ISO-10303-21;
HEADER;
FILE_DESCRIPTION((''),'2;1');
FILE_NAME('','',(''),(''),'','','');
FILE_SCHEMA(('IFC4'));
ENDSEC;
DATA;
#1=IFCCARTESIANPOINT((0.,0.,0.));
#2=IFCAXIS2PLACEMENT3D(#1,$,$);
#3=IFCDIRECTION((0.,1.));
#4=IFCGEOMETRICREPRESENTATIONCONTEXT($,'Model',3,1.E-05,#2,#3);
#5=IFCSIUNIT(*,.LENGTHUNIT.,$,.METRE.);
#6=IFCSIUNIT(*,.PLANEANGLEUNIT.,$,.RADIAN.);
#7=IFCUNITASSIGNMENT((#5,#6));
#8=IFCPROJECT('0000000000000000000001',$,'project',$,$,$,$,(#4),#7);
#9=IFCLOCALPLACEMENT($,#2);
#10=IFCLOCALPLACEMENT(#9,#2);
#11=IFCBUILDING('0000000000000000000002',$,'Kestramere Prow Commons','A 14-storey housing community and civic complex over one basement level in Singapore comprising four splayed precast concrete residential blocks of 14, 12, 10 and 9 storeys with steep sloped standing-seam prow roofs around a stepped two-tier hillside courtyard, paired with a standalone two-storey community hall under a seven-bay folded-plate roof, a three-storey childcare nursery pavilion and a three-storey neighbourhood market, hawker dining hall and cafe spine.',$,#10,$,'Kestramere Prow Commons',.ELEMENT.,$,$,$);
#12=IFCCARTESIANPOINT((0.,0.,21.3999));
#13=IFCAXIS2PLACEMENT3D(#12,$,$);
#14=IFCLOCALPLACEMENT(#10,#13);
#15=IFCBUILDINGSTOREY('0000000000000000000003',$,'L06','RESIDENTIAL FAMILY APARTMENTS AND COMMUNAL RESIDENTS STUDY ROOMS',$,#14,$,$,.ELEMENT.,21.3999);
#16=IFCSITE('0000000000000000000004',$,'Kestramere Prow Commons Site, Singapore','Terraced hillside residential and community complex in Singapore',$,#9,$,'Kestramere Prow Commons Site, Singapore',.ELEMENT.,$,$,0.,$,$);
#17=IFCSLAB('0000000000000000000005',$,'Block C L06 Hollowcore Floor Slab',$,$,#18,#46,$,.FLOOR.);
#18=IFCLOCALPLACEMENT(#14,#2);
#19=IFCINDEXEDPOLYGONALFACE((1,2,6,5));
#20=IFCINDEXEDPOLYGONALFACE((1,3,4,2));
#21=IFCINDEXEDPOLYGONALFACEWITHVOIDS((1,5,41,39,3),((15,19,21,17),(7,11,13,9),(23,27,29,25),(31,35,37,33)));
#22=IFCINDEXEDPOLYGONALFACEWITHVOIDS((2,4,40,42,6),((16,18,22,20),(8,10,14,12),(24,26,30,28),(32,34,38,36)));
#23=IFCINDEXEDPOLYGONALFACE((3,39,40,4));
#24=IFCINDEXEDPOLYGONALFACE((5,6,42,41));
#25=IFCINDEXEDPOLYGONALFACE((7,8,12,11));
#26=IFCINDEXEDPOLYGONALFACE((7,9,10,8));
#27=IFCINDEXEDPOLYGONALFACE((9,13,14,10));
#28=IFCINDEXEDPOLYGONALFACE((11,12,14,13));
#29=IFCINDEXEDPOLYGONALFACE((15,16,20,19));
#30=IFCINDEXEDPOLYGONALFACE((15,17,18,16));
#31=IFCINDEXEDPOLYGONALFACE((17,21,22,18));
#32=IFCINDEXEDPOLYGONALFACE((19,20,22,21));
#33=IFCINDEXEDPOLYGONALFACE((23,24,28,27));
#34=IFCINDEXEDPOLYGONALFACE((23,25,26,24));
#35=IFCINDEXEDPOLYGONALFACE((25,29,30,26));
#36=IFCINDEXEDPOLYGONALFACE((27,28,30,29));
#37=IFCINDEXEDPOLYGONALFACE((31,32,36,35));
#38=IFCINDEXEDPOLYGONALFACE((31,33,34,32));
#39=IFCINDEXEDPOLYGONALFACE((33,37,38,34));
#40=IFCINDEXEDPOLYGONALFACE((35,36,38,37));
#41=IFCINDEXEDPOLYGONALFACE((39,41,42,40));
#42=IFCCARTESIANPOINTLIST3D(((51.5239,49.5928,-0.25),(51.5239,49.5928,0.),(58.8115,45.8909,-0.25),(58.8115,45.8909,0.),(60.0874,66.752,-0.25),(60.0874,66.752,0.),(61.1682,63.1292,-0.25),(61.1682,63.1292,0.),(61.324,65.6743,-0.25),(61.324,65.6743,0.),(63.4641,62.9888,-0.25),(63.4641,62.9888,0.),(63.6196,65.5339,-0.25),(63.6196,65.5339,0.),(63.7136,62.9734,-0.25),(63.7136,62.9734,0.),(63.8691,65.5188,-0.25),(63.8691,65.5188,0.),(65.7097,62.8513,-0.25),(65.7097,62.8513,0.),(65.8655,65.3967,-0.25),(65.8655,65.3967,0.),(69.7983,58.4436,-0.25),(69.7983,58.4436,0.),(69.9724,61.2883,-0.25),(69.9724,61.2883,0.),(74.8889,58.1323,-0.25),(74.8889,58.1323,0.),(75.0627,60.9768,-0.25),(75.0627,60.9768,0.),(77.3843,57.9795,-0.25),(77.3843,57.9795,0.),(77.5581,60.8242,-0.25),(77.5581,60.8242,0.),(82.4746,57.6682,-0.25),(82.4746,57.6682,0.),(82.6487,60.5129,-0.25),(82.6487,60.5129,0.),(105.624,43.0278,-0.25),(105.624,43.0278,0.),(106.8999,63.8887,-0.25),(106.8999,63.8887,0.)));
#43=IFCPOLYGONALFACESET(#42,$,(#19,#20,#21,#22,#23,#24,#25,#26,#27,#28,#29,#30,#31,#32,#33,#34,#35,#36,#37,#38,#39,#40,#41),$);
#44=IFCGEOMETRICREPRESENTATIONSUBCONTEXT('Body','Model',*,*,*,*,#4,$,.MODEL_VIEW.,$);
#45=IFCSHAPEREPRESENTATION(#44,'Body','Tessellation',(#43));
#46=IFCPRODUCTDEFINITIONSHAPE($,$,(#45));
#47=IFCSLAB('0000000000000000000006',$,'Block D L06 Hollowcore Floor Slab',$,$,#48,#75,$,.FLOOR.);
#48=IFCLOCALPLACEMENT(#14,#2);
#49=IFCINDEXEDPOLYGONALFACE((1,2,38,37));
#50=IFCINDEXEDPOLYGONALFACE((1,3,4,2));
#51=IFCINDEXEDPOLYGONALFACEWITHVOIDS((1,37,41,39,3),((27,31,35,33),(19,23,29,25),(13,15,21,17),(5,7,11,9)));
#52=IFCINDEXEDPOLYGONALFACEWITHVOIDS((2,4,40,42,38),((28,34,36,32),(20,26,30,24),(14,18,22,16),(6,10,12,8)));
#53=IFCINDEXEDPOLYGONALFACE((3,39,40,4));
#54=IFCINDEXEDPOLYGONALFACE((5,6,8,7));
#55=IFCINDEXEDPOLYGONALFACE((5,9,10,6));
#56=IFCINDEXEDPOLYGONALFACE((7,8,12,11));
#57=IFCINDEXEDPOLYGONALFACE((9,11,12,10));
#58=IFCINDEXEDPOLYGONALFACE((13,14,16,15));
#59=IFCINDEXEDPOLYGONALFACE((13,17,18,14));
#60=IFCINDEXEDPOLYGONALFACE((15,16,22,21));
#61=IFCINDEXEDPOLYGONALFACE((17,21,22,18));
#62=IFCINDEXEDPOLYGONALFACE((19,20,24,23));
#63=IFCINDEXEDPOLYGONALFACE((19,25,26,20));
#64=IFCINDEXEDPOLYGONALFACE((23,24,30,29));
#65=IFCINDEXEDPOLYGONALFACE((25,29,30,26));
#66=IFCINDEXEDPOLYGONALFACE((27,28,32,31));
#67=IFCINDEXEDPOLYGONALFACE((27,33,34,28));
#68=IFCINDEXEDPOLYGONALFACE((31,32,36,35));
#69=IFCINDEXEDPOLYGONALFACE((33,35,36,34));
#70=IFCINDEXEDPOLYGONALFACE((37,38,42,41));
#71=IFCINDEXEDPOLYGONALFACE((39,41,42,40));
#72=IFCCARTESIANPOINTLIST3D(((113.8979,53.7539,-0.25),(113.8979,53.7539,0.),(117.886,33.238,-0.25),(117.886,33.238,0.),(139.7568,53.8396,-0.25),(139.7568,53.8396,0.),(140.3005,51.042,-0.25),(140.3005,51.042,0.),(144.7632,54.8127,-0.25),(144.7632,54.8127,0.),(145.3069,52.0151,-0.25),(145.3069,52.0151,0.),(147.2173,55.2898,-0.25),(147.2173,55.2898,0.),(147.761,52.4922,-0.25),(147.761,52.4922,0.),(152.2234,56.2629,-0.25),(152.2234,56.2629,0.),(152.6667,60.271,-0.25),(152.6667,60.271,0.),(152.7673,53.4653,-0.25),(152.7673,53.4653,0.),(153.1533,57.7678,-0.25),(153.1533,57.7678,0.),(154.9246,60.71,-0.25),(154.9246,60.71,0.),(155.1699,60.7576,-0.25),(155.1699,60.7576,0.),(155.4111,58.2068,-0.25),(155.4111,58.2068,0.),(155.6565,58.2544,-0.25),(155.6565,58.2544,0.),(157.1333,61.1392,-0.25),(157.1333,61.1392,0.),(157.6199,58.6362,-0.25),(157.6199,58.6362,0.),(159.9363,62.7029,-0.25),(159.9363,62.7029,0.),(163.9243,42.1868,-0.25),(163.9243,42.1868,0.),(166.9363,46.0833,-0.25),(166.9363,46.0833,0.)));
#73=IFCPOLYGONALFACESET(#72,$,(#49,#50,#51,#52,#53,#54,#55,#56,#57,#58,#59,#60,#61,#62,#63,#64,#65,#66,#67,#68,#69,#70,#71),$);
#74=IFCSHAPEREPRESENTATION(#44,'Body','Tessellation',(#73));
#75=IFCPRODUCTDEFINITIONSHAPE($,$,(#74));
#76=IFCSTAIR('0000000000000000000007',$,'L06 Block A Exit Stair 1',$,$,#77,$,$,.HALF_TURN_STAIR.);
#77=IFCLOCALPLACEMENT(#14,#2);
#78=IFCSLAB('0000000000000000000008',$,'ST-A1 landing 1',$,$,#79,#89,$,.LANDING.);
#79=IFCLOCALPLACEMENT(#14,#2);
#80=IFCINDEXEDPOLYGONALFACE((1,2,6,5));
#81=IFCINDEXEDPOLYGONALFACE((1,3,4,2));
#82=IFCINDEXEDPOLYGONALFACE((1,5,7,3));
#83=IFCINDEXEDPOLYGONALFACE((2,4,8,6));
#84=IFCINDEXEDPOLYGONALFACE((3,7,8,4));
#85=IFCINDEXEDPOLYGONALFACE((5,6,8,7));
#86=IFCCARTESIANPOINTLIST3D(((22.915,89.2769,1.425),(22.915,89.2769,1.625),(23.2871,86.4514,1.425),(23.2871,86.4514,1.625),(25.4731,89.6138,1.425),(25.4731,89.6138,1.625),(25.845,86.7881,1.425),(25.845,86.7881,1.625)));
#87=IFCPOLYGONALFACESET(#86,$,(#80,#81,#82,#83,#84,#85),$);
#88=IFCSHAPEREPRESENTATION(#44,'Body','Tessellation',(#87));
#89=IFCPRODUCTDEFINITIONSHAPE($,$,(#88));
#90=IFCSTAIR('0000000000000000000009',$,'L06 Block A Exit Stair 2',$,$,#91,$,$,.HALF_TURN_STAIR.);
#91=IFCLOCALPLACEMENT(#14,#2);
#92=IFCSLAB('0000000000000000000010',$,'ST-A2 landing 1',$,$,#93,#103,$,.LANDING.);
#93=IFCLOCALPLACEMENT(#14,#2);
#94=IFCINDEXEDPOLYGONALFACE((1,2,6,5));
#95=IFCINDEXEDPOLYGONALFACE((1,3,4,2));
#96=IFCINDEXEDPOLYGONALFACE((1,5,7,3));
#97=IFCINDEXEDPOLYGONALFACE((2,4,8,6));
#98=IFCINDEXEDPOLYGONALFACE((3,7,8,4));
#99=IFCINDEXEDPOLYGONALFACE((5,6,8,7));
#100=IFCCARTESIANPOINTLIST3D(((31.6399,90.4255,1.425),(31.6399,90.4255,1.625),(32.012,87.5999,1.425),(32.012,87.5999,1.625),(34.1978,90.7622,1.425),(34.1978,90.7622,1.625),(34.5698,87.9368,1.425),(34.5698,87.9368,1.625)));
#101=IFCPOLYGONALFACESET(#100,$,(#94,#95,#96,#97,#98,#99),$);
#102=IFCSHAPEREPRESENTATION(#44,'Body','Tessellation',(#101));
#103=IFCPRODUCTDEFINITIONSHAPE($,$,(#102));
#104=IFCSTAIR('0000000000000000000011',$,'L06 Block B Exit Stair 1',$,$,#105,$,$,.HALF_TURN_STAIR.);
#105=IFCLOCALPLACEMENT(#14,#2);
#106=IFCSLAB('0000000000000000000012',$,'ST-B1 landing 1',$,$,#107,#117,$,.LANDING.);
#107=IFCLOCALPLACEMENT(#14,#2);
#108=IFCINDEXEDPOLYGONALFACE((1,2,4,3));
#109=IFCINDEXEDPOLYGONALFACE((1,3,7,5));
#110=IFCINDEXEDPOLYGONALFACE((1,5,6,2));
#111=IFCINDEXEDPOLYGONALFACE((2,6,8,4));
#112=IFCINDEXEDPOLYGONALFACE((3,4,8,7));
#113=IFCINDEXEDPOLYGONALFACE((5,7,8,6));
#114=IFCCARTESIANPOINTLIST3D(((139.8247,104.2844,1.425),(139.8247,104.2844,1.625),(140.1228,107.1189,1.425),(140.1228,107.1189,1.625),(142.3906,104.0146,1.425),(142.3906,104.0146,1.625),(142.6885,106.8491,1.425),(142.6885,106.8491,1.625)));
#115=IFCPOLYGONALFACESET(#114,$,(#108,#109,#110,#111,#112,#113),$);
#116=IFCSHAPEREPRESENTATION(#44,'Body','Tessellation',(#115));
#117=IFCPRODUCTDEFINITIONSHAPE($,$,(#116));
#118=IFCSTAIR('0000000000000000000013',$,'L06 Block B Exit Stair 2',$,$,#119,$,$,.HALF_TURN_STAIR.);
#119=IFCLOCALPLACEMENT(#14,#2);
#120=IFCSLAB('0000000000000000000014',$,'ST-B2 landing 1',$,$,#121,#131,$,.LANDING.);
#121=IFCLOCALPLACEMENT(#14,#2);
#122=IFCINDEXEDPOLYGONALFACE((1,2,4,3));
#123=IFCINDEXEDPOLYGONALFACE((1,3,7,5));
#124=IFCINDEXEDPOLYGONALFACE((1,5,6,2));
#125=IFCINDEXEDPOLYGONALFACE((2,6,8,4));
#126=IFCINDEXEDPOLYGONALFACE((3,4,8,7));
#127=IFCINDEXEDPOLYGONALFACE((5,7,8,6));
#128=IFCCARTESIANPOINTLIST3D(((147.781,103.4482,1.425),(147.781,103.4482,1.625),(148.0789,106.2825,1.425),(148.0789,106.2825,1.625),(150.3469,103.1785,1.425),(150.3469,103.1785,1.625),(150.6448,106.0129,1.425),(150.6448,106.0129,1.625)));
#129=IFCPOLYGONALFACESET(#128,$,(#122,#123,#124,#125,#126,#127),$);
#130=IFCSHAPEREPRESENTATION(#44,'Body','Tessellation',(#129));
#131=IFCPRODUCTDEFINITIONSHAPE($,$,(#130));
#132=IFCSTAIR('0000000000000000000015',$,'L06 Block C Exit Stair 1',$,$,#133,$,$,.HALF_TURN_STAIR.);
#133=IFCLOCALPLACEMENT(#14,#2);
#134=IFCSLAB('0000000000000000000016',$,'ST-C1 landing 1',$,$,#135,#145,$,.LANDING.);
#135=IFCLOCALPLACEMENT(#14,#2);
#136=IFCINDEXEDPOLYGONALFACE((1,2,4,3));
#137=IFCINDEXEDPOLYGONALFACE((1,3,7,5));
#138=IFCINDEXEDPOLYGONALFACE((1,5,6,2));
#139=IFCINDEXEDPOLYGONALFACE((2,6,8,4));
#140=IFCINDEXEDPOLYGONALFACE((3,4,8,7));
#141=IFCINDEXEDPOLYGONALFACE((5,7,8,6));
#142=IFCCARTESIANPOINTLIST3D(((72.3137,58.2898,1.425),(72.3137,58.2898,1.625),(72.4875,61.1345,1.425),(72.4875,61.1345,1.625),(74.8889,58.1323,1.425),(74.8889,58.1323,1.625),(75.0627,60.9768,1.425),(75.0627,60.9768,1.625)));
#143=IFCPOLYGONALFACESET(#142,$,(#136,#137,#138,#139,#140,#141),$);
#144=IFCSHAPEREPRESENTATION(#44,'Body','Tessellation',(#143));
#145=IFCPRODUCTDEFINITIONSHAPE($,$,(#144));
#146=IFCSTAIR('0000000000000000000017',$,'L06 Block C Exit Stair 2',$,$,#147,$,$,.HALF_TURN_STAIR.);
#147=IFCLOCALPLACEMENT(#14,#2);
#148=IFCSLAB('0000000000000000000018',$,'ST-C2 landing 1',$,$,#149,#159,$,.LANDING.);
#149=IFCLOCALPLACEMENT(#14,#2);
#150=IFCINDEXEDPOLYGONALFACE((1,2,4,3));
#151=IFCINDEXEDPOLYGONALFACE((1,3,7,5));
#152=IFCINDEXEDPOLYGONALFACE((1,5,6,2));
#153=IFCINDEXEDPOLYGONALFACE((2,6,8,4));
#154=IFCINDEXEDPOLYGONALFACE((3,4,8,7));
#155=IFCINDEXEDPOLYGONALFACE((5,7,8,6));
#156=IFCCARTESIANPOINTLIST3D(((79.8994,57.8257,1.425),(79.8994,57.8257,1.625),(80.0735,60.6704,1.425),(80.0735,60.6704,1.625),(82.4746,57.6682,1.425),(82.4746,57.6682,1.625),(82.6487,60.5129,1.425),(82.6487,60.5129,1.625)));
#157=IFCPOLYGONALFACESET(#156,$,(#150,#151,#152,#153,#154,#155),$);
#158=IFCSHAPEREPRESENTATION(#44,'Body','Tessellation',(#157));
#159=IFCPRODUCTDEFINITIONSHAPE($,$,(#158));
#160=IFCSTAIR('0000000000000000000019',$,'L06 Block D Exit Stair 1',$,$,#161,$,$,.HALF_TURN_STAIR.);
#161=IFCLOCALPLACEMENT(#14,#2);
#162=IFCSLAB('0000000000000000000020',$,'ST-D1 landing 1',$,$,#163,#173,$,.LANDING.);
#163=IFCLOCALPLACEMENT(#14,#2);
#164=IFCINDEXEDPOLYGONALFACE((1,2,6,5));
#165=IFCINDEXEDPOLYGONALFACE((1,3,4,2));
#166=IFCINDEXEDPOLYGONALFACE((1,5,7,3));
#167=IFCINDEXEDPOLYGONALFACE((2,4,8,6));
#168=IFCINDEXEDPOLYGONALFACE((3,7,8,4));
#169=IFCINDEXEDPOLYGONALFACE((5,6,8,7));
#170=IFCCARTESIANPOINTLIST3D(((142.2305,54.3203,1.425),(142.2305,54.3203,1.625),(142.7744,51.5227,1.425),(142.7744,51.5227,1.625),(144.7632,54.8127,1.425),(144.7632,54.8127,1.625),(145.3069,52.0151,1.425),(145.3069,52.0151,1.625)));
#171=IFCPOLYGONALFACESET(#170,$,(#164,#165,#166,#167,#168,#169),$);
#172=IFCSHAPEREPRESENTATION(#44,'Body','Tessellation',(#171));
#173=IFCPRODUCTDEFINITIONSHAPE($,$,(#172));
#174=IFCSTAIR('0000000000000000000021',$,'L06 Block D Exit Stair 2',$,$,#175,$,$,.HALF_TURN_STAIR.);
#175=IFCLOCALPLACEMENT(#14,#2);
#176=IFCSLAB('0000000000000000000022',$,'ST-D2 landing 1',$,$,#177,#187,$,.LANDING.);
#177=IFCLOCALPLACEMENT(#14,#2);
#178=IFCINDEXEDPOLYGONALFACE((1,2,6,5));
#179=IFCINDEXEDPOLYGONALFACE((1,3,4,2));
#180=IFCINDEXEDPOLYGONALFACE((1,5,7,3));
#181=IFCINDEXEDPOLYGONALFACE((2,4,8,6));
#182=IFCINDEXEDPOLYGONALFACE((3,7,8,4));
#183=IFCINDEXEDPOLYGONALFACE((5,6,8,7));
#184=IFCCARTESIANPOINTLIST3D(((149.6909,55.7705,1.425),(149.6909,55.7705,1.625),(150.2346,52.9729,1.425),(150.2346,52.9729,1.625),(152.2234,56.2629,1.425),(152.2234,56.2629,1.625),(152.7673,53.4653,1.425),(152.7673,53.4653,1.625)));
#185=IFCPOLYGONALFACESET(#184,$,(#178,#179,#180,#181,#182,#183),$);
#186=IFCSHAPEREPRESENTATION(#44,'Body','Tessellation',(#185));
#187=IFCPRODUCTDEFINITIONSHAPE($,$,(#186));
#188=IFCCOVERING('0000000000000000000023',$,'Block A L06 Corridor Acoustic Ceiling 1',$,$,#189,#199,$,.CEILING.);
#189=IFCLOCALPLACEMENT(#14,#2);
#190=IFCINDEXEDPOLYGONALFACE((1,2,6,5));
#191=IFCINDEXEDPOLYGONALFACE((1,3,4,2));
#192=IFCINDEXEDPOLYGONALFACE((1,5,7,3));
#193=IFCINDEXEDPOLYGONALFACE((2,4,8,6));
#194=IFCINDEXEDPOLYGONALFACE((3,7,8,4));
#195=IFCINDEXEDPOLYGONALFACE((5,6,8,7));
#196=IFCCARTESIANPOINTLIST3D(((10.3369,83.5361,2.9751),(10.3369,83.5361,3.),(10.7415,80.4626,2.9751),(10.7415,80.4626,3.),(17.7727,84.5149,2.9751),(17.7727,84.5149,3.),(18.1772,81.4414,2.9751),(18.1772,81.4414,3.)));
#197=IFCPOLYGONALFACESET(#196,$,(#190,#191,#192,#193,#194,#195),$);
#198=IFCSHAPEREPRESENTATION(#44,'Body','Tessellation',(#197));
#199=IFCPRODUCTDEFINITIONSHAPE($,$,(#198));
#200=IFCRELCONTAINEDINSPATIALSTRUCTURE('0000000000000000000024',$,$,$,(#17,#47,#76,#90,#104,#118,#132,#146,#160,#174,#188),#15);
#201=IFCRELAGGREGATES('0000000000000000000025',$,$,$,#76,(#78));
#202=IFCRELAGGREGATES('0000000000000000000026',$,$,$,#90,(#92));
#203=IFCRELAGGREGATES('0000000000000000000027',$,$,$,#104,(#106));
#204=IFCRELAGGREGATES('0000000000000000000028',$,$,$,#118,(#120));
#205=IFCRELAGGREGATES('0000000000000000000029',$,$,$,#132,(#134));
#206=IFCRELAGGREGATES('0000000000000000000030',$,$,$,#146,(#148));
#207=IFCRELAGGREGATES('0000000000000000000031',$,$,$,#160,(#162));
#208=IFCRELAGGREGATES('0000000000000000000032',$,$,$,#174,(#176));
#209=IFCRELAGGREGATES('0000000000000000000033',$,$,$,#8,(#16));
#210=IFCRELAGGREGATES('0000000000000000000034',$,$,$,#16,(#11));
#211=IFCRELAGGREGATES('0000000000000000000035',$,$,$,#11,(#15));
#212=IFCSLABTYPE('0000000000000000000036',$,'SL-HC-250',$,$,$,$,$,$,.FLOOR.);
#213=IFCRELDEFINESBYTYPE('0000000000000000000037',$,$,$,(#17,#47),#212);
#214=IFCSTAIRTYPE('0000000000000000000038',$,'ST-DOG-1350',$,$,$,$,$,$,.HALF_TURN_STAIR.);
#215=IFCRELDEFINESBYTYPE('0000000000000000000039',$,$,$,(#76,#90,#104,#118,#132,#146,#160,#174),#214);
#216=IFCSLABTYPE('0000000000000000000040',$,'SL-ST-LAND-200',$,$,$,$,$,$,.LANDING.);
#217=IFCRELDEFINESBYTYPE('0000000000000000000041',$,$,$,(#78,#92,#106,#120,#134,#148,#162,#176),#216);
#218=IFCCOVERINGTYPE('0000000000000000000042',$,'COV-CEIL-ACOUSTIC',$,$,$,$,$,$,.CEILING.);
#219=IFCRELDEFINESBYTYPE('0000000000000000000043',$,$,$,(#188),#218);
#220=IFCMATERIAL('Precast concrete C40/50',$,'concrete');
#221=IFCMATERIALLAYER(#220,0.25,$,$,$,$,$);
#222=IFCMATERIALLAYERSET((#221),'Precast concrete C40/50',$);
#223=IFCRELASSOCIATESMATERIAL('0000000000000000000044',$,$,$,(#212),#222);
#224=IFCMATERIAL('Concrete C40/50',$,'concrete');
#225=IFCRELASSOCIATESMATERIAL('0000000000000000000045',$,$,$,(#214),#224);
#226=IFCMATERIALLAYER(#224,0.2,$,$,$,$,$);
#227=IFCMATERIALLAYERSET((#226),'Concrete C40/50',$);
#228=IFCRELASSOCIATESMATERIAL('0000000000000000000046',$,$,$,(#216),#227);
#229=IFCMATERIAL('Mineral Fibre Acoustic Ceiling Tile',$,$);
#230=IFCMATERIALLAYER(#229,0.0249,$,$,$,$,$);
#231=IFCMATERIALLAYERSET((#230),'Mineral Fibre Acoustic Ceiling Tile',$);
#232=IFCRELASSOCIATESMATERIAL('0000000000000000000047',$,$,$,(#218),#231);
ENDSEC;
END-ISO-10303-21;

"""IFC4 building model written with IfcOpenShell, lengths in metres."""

from ifc_helpers import new_model, si_unit, direction, frame, origin, place, context, subcontext, project, spatial, polyline, outline, extrude, material, layer, layer_set, type_object, element, aggregate, save


model = new_model("IFC4")

# Units and contexts
model_context = context("Model", 3, precision=1e-05, world=origin(), true_north=direction((0.0, 1.0)))
body_context = subcontext(model_context, "Body", "Model", "MODEL_VIEW")
ifc_project = project(units=[si_unit("LENGTHUNIT", "METRE"), si_unit("PLANEANGLEUNIT", "RADIAN")], contexts=[model_context])

# Site, building, storey
site_placement = place(None, origin())
site = spatial("IfcSite", under=ifc_project, at=site_placement, Name="Kestramere Prow Commons Site, Singapore", Description="Terraced hillside residential and community complex in Singapore", LongName="Kestramere Prow Commons Site, Singapore", CompositionType="ELEMENT", RefElevation=0.0)
building_placement = place(site_placement, origin())
building = spatial("IfcBuilding", under=site, at=building_placement, Name="Kestramere Prow Commons", Description="A 14-storey housing community and civic complex over one basement level in Singapore comprising four splayed precast concrete residential blocks of 14, 12, 10 and 9 storeys with steep sloped standing-seam prow roofs around a stepped two-tier hillside courtyard, paired with a standalone two-storey community hall under a seven-bay folded-plate roof, a three-storey childcare nursery pavilion and a three-storey neighbourhood market, hawker dining hall and cafe spine.", LongName="Kestramere Prow Commons", CompositionType="ELEMENT")
storey_placement = place(building_placement, frame((0.0, 0.0, 21.3999)))
storey = spatial("IfcBuildingStorey", under=building, at=storey_placement, Name="L06", Description="RESIDENTIAL FAMILY APARTMENTS AND COMMUNAL RESIDENTS STUDY ROOMS", CompositionType="ELEMENT", Elevation=21.3999)

# Slabs
ifc_material_1 = material(Name="Precast concrete C40/50", Category="concrete")
ifc_layer_1 = layer(ifc_material_1, 0.25)
ifc_layer_set_1 = layer_set([ifc_layer_1], Name="Precast concrete C40/50")
slab_type_1 = type_object("IfcSlabType", Name="SL-HC-250", PredefinedType="FLOOR", material=ifc_layer_set_1)
slab_1_placement = place(storey_placement, frame((0.0, 0.0, -0.25)))
element("IfcSlab", 1, at=slab_1_placement, inside=storey, type_object=slab_type_1, Name="Block C L06 Hollowcore Floor Slab", PredefinedType="FLOOR", context=body_context, shape_type="SweptSolid", body=[
    extrude(outline(polyline([(51.5239, 49.5928), (58.8115, 45.8909), (105.624, 43.0278), (106.8999, 63.8887), (60.0874, 66.752), (51.5239, 49.5928)]), holes=[polyline([(61.1682, 63.1292), (63.4641, 62.9888), (63.6196, 65.5339), (61.324, 65.6743), (61.1682, 63.1292)]), polyline([(63.7136, 62.9734), (65.7097, 62.8513), (65.8655, 65.3967), (63.8691, 65.5188), (63.7136, 62.9734)]), polyline([(69.7983, 58.4436), (74.8889, 58.1323), (75.0627, 60.9768), (69.9724, 61.2883), (69.7983, 58.4436)]), polyline([(77.3843, 57.9795), (82.4746, 57.6682), (82.6487, 60.5129), (77.5581, 60.8242), (77.3843, 57.9795)])]), origin(), (0.0, 0.0, 1.0), 0.25),
])
slab_2_placement = place(storey_placement, frame((0.0, 0.0, -0.25)))
element("IfcSlab", 2, at=slab_2_placement, inside=storey, type_object=slab_type_1, Name="Block D L06 Hollowcore Floor Slab", PredefinedType="FLOOR", context=body_context, shape_type="SweptSolid", body=[
    extrude(outline(polyline([(117.886, 33.238), (163.9243, 42.1868), (166.9363, 46.0833), (159.9363, 62.7029), (113.8979, 53.7539), (117.886, 33.238)]), holes=[polyline([(153.1533, 57.7678), (155.4111, 58.2068), (154.9246, 60.71), (152.6667, 60.271), (153.1533, 57.7678)]), polyline([(155.6565, 58.2544), (157.6199, 58.6362), (157.1333, 61.1392), (155.1699, 60.7576), (155.6565, 58.2544)]), polyline([(140.3005, 51.042), (145.3069, 52.0151), (144.7632, 54.8127), (139.7568, 53.8396), (140.3005, 51.042)]), polyline([(147.761, 52.4922), (152.7673, 53.4653), (152.2234, 56.2629), (147.2173, 55.2898), (147.761, 52.4922)])]), origin(), (0.0, 0.0, 1.0), 0.25),
])

# Stairs, slabs
ifc_material_2 = material(Name="Concrete C40/50", Category="concrete")
stair_type = type_object("IfcStairType", Name="ST-DOG-1350", PredefinedType="HALF_TURN_STAIR", material=ifc_material_2)
stair_1_placement = place(storey_placement, origin())
stair_1 = element("IfcStair", 3, at=stair_1_placement, inside=storey, type_object=stair_type, Name="L06 Block A Exit Stair 1", PredefinedType="HALF_TURN_STAIR")
ifc_layer_2 = layer(ifc_material_2, 0.2)
ifc_layer_set_2 = layer_set([ifc_layer_2], Name="Concrete C40/50")
slab_type_2 = type_object("IfcSlabType", Name="SL-ST-LAND-200", PredefinedType="LANDING", material=ifc_layer_set_2)
slab_3_placement = place(storey_placement, frame((0.0, 0.0, 1.425)))
slab_3 = element("IfcSlab", 4, at=slab_3_placement, type_object=slab_type_2, Name="ST-A1 landing 1", PredefinedType="LANDING", context=body_context, shape_type="SweptSolid", body=[
    extrude(outline(polyline([(23.2871, 86.4514), (25.845, 86.7881), (25.4731, 89.6138), (22.915, 89.2769), (23.2871, 86.4514)])), origin(), (0.0, 0.0, 1.0), 0.2),
])
aggregate(stair_1, [slab_3])
stair_2_placement = place(storey_placement, origin())
stair_2 = element("IfcStair", 5, at=stair_2_placement, inside=storey, type_object=stair_type, Name="L06 Block A Exit Stair 2", PredefinedType="HALF_TURN_STAIR")
slab_4_placement = place(storey_placement, frame((0.0, 0.0, 1.425)))
slab_4 = element("IfcSlab", 6, at=slab_4_placement, type_object=slab_type_2, Name="ST-A2 landing 1", PredefinedType="LANDING", context=body_context, shape_type="SweptSolid", body=[
    extrude(outline(polyline([(32.012, 87.5999), (34.5698, 87.9368), (34.1978, 90.7622), (31.6399, 90.4255), (32.012, 87.5999)])), origin(), (0.0, 0.0, 1.0), 0.2),
])
aggregate(stair_2, [slab_4])
stair_3_placement = place(storey_placement, origin())
stair_3 = element("IfcStair", 7, at=stair_3_placement, inside=storey, type_object=stair_type, Name="L06 Block B Exit Stair 1", PredefinedType="HALF_TURN_STAIR")
slab_5_placement = place(storey_placement, frame((0.0, 0.0, 1.425)))
slab_5 = element("IfcSlab", 8, at=slab_5_placement, type_object=slab_type_2, Name="ST-B1 landing 1", PredefinedType="LANDING", context=body_context, shape_type="SweptSolid", body=[
    extrude(outline(polyline([(139.8247, 104.2844), (142.3906, 104.0146), (142.6885, 106.8491), (140.1228, 107.1189), (139.8247, 104.2844)])), origin(), (0.0, 0.0, 1.0), 0.2),
])
aggregate(stair_3, [slab_5])
stair_4_placement = place(storey_placement, origin())
stair_4 = element("IfcStair", 9, at=stair_4_placement, inside=storey, type_object=stair_type, Name="L06 Block B Exit Stair 2", PredefinedType="HALF_TURN_STAIR")
slab_6_placement = place(storey_placement, frame((0.0, 0.0, 1.425)))
slab_6 = element("IfcSlab", 10, at=slab_6_placement, type_object=slab_type_2, Name="ST-B2 landing 1", PredefinedType="LANDING", context=body_context, shape_type="SweptSolid", body=[
    extrude(outline(polyline([(147.781, 103.4482), (150.3469, 103.1785), (150.6448, 106.0129), (148.0789, 106.2825), (147.781, 103.4482)])), origin(), (0.0, 0.0, 1.0), 0.2),
])
aggregate(stair_4, [slab_6])
stair_5_placement = place(storey_placement, origin())
stair_5 = element("IfcStair", 11, at=stair_5_placement, inside=storey, type_object=stair_type, Name="L06 Block C Exit Stair 1", PredefinedType="HALF_TURN_STAIR")
slab_7_placement = place(storey_placement, frame((0.0, 0.0, 1.425)))
slab_7 = element("IfcSlab", 12, at=slab_7_placement, type_object=slab_type_2, Name="ST-C1 landing 1", PredefinedType="LANDING", context=body_context, shape_type="SweptSolid", body=[
    extrude(outline(polyline([(72.3137, 58.2898), (74.8889, 58.1323), (75.0627, 60.9768), (72.4875, 61.1345), (72.3137, 58.2898)])), origin(), (0.0, 0.0, 1.0), 0.2),
])
aggregate(stair_5, [slab_7])
stair_6_placement = place(storey_placement, origin())
stair_6 = element("IfcStair", 13, at=stair_6_placement, inside=storey, type_object=stair_type, Name="L06 Block C Exit Stair 2", PredefinedType="HALF_TURN_STAIR")
slab_8_placement = place(storey_placement, frame((0.0, 0.0, 1.425)))
slab_8 = element("IfcSlab", 14, at=slab_8_placement, type_object=slab_type_2, Name="ST-C2 landing 1", PredefinedType="LANDING", context=body_context, shape_type="SweptSolid", body=[
    extrude(outline(polyline([(79.8994, 57.8257), (82.4746, 57.6682), (82.6487, 60.5129), (80.0735, 60.6704), (79.8994, 57.8257)])), origin(), (0.0, 0.0, 1.0), 0.2),
])
aggregate(stair_6, [slab_8])
stair_7_placement = place(storey_placement, origin())
stair_7 = element("IfcStair", 15, at=stair_7_placement, inside=storey, type_object=stair_type, Name="L06 Block D Exit Stair 1", PredefinedType="HALF_TURN_STAIR")
slab_9_placement = place(storey_placement, frame((0.0, 0.0, 1.425)))
slab_9 = element("IfcSlab", 16, at=slab_9_placement, type_object=slab_type_2, Name="ST-D1 landing 1", PredefinedType="LANDING", context=body_context, shape_type="SweptSolid", body=[
    extrude(outline(polyline([(142.7744, 51.5227), (145.3069, 52.0151), (144.7632, 54.8127), (142.2305, 54.3203), (142.7744, 51.5227)])), origin(), (0.0, 0.0, 1.0), 0.2),
])
aggregate(stair_7, [slab_9])
stair_8_placement = place(storey_placement, origin())
stair_8 = element("IfcStair", 17, at=stair_8_placement, inside=storey, type_object=stair_type, Name="L06 Block D Exit Stair 2", PredefinedType="HALF_TURN_STAIR")
slab_10_placement = place(storey_placement, frame((0.0, 0.0, 1.425)))
slab_10 = element("IfcSlab", 18, at=slab_10_placement, type_object=slab_type_2, Name="ST-D2 landing 1", PredefinedType="LANDING", context=body_context, shape_type="SweptSolid", body=[
    extrude(outline(polyline([(150.2346, 52.9729), (152.7673, 53.4653), (152.2234, 56.2629), (149.6909, 55.7705), (150.2346, 52.9729)])), origin(), (0.0, 0.0, 1.0), 0.2),
])
aggregate(stair_8, [slab_10])

# Covering
ifc_material_3 = material(Name="Mineral Fibre Acoustic Ceiling Tile")
ifc_layer_3 = layer(ifc_material_3, 0.0249)
ifc_layer_set_3 = layer_set([ifc_layer_3], Name="Mineral Fibre Acoustic Ceiling Tile")
covering_type_1 = type_object("IfcCoveringType", Name="COV-CEIL-ACOUSTIC", PredefinedType="CEILING", material=ifc_layer_set_3)
covering_1_placement = place(storey_placement, frame((0.0, 0.0, 2.9751)))
element("IfcCovering", 19, at=covering_1_placement, inside=storey, type_object=covering_type_1, Name="Block A L06 Corridor Acoustic Ceiling 1", PredefinedType="CEILING", context=body_context, shape_type="SweptSolid", body=[
    extrude(outline(polyline([(10.7415, 80.4626), (18.1772, 81.4414), (17.7727, 84.5149), (10.3369, 83.5361), (10.7415, 80.4626)])), origin(), (0.0, 0.0, 1.0), 0.0249),
])

save(model, "model.ifc")
